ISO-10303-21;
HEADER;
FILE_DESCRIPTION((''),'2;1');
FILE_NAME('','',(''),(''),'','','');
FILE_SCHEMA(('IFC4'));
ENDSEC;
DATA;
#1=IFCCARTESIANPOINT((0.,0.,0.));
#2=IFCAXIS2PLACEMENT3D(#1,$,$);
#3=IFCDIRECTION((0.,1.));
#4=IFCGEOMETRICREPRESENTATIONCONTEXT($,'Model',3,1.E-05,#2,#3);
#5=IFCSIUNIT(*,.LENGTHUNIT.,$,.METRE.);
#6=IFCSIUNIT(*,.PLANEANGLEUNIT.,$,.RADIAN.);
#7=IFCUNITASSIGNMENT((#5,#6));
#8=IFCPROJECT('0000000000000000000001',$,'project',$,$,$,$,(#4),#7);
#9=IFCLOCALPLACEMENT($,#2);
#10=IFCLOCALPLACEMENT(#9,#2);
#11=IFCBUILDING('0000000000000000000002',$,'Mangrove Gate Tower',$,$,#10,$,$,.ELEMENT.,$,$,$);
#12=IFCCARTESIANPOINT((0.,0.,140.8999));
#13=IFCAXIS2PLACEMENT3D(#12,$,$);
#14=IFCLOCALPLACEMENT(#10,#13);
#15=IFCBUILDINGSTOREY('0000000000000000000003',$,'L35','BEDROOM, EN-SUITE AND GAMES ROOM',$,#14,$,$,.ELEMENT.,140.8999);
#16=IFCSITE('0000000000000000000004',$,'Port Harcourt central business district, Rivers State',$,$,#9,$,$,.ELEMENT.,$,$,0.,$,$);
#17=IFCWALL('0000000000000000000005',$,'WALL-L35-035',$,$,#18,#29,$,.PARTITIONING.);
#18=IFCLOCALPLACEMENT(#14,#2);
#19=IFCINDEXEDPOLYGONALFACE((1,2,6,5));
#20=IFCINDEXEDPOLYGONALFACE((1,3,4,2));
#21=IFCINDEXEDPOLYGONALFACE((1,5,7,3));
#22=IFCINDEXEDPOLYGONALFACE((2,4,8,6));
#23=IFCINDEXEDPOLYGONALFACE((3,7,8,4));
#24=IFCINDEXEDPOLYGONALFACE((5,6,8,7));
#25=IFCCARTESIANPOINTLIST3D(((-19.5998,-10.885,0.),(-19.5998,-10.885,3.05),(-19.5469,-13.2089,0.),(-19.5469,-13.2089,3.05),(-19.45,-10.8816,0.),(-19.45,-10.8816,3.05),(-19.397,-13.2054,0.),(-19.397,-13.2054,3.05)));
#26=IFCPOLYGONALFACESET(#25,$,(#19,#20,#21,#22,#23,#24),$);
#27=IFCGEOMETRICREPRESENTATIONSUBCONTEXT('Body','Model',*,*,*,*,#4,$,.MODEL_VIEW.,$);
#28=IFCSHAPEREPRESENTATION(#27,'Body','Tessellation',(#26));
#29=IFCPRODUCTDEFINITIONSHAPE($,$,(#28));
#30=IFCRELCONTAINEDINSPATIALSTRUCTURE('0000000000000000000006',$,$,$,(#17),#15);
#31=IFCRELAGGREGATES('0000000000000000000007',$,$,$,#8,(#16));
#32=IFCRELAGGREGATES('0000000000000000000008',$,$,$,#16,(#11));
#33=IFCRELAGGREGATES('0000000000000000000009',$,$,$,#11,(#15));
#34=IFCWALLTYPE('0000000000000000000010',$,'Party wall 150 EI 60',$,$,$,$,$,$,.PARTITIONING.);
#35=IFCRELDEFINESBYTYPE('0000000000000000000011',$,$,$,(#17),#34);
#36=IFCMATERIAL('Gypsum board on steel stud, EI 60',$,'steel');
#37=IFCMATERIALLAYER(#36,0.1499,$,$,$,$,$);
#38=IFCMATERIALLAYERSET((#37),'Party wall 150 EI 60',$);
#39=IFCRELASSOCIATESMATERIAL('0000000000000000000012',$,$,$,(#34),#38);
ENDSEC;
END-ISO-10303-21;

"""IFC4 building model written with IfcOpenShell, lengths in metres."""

from ifc_helpers import new_model, si_unit, direction, frame, frame_2d, origin, place, context, subcontext, project, spatial, rectangle, extrude, material, layer, layer_set, type_object, element, save


model = new_model("IFC4")

# Units and contexts
model_context = context("Model", 3, precision=1e-05, world=origin(), true_north=direction((0.0, 1.0)))
body_context = subcontext(model_context, "Body", "Model", "MODEL_VIEW")
ifc_project = project(units=[si_unit("LENGTHUNIT", "METRE"), si_unit("PLANEANGLEUNIT", "RADIAN")], contexts=[model_context])

# Site, building, storey
site_placement = place(None, origin())
site = spatial("IfcSite", under=ifc_project, at=site_placement, Name="Port Harcourt central business district, Rivers State", CompositionType="ELEMENT", RefElevation=0.0)
building_placement = place(site_placement, origin())
building = spatial("IfcBuilding", under=site, at=building_placement, Name="Mangrove Gate Tower", CompositionType="ELEMENT")
storey_placement = place(building_placement, frame((0.0, 0.0, 140.8999)))
storey = spatial("IfcBuildingStorey", under=building, at=storey_placement, Name="L35", Description="BEDROOM, EN-SUITE AND GAMES ROOM", CompositionType="ELEMENT", Elevation=140.8999)

# Shared definitions
ifc_material_1 = material(Name="Gypsum board on steel stud, EI 60", Category="steel")
ifc_layer_1 = layer(ifc_material_1, 0.1499)
ifc_layer_set_1 = layer_set([ifc_layer_1], Name="Party wall 150 EI 60")
wall_type_1 = type_object("IfcWallType", Name="Party wall 150 EI 60", PredefinedType="PARTITIONING", material=ifc_layer_set_1)

# Wall
wall_1_placement = place(storey_placement, frame((-19.4719, -13.207, 0.0), z_axis=(0.0, 0.0, 1.0), x_axis=(-0.022791, 0.99974, 0.0)))
element("IfcWall", 1, at=wall_1_placement, inside=storey, type_object=wall_type_1, Name="WALL-L35-035", PredefinedType="PARTITIONING", context=body_context, shape_type="SweptSolid", body=[
    extrude(rectangle(XDim=2.3245, YDim=0.1499, at=frame_2d((1.1621, 0.0))), origin(), (0.0, 0.0, 1.0), 3.05),
])

save(model, "model.ifc")
